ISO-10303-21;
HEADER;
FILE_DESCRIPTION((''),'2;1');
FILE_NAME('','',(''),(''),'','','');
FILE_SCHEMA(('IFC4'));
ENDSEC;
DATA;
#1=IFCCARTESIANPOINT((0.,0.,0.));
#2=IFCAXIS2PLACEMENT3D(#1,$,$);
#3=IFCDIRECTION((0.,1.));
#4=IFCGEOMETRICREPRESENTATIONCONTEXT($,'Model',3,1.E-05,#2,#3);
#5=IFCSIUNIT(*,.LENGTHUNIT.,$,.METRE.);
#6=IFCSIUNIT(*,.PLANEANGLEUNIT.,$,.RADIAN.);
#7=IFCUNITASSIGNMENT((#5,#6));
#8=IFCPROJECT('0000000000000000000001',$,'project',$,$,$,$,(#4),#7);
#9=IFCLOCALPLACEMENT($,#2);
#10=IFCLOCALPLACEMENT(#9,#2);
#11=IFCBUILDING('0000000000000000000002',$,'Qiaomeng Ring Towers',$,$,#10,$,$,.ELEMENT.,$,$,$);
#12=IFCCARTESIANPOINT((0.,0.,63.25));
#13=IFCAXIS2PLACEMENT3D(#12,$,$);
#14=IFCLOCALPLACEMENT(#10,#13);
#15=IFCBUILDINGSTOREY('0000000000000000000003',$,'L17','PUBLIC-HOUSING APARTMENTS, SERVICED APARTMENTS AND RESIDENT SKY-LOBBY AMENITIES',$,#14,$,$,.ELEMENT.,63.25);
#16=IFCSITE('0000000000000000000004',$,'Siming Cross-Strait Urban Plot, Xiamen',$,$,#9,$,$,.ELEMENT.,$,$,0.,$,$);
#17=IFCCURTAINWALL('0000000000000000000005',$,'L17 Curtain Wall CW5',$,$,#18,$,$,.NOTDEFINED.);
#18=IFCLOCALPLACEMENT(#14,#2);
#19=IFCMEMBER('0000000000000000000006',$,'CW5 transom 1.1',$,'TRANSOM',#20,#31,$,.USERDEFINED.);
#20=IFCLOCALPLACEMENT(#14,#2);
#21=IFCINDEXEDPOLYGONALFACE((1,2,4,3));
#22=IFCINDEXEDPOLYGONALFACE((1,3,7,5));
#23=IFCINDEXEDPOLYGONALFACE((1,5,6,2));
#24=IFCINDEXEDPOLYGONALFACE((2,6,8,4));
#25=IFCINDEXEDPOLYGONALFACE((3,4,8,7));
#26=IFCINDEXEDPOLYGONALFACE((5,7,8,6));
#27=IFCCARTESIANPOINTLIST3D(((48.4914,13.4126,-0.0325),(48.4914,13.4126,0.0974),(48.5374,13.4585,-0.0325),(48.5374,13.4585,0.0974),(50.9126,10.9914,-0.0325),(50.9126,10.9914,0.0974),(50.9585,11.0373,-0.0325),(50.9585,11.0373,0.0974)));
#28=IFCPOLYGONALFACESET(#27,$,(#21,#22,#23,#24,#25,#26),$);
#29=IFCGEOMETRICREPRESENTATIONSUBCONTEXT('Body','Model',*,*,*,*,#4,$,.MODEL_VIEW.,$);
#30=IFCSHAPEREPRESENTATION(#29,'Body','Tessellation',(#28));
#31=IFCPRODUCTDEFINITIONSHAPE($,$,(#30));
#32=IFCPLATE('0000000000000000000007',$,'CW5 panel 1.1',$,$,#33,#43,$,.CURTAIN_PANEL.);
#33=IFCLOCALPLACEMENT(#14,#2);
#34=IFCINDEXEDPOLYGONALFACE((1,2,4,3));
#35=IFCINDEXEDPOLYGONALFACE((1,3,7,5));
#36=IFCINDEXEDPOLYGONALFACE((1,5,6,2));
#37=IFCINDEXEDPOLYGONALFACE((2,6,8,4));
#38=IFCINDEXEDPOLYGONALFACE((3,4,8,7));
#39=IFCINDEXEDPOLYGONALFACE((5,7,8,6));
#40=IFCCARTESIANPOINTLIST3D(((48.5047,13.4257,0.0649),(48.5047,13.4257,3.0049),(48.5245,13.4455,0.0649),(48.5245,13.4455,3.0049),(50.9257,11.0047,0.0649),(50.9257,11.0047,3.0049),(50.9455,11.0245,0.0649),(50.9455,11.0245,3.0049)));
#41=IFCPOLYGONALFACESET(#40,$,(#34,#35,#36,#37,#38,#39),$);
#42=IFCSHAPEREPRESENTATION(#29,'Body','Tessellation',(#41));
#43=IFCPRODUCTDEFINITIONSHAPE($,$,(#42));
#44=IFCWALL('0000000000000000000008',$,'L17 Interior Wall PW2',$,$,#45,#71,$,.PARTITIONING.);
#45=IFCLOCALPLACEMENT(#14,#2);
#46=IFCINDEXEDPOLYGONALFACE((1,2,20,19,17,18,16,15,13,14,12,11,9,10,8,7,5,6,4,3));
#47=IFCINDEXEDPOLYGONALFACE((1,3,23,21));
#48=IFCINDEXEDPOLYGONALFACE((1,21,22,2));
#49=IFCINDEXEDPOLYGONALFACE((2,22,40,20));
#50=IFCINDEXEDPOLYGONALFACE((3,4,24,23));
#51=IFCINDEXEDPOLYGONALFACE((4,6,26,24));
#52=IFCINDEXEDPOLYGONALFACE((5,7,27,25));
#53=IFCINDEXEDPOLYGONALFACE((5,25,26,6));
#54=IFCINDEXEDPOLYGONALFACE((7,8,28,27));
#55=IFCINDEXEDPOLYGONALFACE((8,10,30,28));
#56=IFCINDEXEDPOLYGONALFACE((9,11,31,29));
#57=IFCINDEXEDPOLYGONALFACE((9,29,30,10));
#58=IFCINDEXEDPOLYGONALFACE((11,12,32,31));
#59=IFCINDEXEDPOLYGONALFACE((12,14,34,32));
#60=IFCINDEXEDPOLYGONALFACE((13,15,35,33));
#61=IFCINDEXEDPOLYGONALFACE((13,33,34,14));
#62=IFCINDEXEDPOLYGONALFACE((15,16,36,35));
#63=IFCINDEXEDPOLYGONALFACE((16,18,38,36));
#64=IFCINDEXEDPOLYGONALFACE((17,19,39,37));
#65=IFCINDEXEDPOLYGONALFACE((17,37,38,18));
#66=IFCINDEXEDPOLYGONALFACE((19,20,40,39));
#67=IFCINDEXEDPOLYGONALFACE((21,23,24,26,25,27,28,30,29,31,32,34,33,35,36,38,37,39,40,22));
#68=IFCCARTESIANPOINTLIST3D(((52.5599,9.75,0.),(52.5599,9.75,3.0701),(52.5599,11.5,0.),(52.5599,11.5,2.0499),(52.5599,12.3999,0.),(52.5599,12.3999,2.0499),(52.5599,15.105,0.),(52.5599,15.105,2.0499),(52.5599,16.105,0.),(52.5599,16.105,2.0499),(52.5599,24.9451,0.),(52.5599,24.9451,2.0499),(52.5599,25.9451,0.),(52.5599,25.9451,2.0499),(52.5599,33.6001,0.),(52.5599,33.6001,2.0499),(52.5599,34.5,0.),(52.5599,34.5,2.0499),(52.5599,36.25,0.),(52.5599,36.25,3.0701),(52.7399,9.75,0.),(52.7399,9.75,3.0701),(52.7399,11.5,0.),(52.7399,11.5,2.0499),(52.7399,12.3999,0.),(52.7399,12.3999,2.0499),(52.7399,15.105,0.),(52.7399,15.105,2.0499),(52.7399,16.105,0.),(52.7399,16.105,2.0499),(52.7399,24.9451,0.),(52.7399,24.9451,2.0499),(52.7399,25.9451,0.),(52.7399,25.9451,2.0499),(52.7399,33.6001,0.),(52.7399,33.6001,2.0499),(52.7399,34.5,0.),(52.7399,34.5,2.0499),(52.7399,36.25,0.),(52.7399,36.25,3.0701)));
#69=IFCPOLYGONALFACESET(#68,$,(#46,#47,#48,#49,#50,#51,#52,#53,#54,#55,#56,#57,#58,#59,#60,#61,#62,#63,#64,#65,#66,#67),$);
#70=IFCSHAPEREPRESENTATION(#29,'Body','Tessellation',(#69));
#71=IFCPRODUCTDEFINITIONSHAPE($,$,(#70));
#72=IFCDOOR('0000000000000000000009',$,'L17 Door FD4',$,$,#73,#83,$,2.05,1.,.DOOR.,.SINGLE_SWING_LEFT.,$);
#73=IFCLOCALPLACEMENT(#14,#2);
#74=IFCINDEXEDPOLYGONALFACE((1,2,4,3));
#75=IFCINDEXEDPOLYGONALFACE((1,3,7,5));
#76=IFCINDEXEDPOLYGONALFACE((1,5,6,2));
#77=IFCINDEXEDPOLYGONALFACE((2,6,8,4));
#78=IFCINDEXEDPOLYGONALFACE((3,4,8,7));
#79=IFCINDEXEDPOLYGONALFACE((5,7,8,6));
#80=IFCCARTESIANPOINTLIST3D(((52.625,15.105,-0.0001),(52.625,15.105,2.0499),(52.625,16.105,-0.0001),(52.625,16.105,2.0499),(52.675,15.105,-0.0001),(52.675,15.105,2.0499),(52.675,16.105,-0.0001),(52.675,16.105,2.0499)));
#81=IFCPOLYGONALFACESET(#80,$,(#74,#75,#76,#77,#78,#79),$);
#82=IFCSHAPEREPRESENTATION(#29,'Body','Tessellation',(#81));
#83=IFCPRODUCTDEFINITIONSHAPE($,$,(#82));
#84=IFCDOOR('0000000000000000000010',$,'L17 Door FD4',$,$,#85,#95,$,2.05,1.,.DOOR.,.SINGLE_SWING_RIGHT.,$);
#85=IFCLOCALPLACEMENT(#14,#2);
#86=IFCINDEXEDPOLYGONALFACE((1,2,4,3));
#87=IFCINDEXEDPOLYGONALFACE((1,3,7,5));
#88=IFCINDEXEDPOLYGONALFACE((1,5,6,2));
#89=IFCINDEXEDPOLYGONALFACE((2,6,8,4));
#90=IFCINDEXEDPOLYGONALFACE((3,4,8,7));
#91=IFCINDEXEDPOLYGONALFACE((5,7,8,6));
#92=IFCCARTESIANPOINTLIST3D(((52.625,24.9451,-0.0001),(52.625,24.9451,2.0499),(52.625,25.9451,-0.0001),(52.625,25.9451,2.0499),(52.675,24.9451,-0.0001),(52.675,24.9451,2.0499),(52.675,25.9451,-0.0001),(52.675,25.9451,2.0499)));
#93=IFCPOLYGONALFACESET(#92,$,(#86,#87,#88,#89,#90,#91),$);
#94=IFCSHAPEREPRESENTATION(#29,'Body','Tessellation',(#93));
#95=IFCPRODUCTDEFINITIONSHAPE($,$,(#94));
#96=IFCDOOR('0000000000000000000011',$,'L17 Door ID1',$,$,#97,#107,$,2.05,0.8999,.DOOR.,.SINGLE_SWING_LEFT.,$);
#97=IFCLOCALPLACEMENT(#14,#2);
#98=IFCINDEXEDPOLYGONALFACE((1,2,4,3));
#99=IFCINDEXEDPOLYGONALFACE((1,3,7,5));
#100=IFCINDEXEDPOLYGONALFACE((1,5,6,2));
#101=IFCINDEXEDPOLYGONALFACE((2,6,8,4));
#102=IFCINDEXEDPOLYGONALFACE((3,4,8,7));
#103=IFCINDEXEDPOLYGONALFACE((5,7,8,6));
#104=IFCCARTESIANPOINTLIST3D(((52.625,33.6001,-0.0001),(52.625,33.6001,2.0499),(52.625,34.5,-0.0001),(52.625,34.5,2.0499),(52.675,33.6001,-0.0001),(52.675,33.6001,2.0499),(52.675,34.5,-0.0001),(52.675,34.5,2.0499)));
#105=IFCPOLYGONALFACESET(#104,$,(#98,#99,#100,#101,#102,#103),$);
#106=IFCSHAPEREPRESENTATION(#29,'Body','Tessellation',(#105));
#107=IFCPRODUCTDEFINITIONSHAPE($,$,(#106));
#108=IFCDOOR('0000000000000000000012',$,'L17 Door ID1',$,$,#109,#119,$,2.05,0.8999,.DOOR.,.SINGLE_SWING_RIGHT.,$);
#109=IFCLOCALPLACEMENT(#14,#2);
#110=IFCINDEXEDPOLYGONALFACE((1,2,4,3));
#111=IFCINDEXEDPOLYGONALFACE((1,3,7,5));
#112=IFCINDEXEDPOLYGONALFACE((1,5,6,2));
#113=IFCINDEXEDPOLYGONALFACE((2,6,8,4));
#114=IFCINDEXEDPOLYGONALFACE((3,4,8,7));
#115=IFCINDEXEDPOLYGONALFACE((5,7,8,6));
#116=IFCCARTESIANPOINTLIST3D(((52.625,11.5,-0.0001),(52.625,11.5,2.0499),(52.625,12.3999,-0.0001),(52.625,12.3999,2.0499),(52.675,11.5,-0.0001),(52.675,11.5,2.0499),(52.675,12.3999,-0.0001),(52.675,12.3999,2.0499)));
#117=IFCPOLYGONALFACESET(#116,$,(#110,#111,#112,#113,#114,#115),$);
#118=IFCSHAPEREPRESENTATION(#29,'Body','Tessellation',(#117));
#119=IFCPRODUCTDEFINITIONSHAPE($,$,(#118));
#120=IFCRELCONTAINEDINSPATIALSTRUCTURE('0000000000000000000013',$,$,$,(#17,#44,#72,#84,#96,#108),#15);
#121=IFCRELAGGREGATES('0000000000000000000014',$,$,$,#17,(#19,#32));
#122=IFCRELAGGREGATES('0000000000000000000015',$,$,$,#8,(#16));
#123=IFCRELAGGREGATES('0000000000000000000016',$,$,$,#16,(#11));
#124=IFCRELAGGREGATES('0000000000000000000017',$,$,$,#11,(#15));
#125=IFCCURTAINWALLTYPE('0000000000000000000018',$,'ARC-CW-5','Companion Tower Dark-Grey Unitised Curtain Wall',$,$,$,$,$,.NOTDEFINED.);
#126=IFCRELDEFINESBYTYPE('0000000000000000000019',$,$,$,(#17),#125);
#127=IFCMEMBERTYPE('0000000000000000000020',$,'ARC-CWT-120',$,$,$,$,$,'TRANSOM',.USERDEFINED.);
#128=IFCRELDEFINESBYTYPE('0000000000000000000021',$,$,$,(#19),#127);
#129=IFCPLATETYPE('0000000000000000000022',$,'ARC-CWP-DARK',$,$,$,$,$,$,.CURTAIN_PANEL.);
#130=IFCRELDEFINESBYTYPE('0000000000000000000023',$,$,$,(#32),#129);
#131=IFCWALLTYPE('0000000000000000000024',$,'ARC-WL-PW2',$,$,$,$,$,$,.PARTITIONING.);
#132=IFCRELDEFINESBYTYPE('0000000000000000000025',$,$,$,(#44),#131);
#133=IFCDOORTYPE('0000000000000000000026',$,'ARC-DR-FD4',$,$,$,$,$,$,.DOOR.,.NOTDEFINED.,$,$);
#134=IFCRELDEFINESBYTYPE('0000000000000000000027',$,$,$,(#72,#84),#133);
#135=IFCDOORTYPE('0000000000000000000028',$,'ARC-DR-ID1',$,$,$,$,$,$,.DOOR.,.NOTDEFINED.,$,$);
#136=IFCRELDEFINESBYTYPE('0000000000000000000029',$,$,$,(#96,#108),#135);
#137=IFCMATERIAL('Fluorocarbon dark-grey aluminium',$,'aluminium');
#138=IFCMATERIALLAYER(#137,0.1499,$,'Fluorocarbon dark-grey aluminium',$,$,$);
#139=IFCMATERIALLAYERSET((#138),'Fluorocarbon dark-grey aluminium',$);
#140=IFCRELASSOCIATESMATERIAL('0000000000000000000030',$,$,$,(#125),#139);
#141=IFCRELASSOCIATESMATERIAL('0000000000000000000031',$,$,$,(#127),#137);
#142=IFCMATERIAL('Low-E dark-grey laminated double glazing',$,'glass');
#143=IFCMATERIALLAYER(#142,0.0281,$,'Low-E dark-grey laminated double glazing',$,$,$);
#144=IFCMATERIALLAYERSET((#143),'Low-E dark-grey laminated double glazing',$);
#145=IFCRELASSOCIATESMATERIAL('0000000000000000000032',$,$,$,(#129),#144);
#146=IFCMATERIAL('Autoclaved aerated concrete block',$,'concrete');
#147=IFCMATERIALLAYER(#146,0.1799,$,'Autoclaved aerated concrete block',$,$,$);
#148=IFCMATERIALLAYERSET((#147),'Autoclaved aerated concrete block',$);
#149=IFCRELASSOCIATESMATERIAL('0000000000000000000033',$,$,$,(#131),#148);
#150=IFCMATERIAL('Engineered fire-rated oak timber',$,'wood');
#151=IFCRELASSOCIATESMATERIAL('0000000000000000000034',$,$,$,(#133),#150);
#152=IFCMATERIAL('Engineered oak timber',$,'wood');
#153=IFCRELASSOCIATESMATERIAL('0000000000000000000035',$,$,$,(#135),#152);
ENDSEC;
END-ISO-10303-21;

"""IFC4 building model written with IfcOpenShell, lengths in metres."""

from ifc_helpers import new_model, si_unit, direction, frame, frame_2d, origin, origin_2d, place, context, subcontext, project, spatial, rectangle, extrude, source, transform, mapped, material, layer, layer_set, material_profile, profile_set, type_object, element, fill, aggregate, save


model = new_model("IFC4")

# Units and contexts
model_context = context("Model", 3, precision=1e-05, world=origin(), true_north=direction((0.0, 1.0)))
body_context = subcontext(model_context, "Body", "Model", "MODEL_VIEW")
ifc_project = project(units=[si_unit("LENGTHUNIT", "METRE"), si_unit("PLANEANGLEUNIT", "RADIAN")], contexts=[model_context])

# Site, building, storey
site_placement = place(None, origin())
site = spatial("IfcSite", under=ifc_project, at=site_placement, Name="Siming Cross-Strait Urban Plot, Xiamen", CompositionType="ELEMENT", RefElevation=0.0)
building_placement = place(site_placement, origin())
building = spatial("IfcBuilding", under=site, at=building_placement, Name="Qiaomeng Ring Towers", CompositionType="ELEMENT")
storey_placement = place(building_placement, frame((0.0, 0.0, 63.25)))
storey = spatial("IfcBuildingStorey", under=building, at=storey_placement, Name="L17", Description="PUBLIC-HOUSING APARTMENTS, SERVICED APARTMENTS AND RESIDENT SKY-LOBBY AMENITIES", CompositionType="ELEMENT", Elevation=63.25)

# Curtain wall
ifc_material_1 = material(Name="Fluorocarbon dark-grey aluminium", Category="aluminium")
ifc_layer_1 = layer(ifc_material_1, 0.1499, Name="Fluorocarbon dark-grey aluminium")
ifc_layer_set_1 = layer_set([ifc_layer_1], Name="Fluorocarbon dark-grey aluminium")
curtain_wall_type = type_object("IfcCurtainWallType", Name="ARC-CW-5", Description="Companion Tower Dark-Grey Unitised Curtain Wall", PredefinedType="NOTDEFINED", material=ifc_layer_set_1)
curtain_wall_1_placement = place(storey_placement, origin())
curtain_wall_1 = element("IfcCurtainWall", 1, at=curtain_wall_1_placement, inside=storey, type_object=curtain_wall_type, Name="L17 Curtain Wall CW5", PredefinedType="NOTDEFINED")

# Shared definitions
ifc_material_profile_1 = material_profile(ifc_material_1, rectangle(XDim=0.0649, YDim=0.1299, at=origin_2d()), Name="ALU TRAN 65x130")
ifc_profile_set_1 = profile_set([ifc_material_profile_1], Name="Fluorocarbon dark-grey aluminium")
member_type_1 = type_object("IfcMemberType", Name="ARC-CWT-120", ElementType="TRANSOM", PredefinedType="USERDEFINED", material=ifc_profile_set_1)

# Member
shared_shape_1 = source(origin(), body_context, "Body", "SweptSolid", [
    extrude(rectangle(XDim=0.0649, YDim=0.1299, at=origin_2d()), origin(), (0.0, 0.0, 1.0), 3.4241),
])
member_1_placement = place(storey_placement, frame((48.5144, 13.4355, 0.0325), z_axis=(0.707107, -0.707107, 0.0), x_axis=(0.707107, 0.707107, 0.0)))
member_1 = element("IfcMember", 2, at=member_1_placement, type_object=member_type_1, Name="CW5 transom 1.1", ObjectType="TRANSOM", PredefinedType="USERDEFINED", context=body_context, shape_type="MappedRepresentation", body=[
    mapped(shared_shape_1, transform((0.0, 0.0, 0.0), x_axis=(1.0, 0.0, 0.0), y_axis=(0.0, 1.0, 0.0), z_axis=(0.0, 0.0, 1.0), scale=1.0)),
])

# Plate
ifc_material_2 = material(Name="Low-E dark-grey laminated double glazing", Category="glass")
ifc_layer_2 = layer(ifc_material_2, 0.0281, Name="Low-E dark-grey laminated double glazing")
ifc_layer_set_2 = layer_set([ifc_layer_2], Name="Low-E dark-grey laminated double glazing")
plate_type = type_object("IfcPlateType", Name="ARC-CWP-DARK", PredefinedType="CURTAIN_PANEL", material=ifc_layer_set_2)
shared_shape_2 = source(origin(), body_context, "Body", "SweptSolid", [
    extrude(rectangle(XDim=3.4238, YDim=0.0281, at=origin_2d()), origin(), (0.0, 0.0, 1.0), 2.9399),
])
plate_placement = place(storey_placement, frame((49.7251, 12.2251, 0.0649), z_axis=(0.0, 0.0, 1.0), x_axis=(0.707107, -0.707107, 0.0)))
plate = element("IfcPlate", 3, at=plate_placement, type_object=plate_type, Name="CW5 panel 1.1", PredefinedType="CURTAIN_PANEL", context=body_context, shape_type="MappedRepresentation", body=[
    mapped(shared_shape_2, transform((0.0, 0.0, 0.0), x_axis=(1.0, 0.0, 0.0), y_axis=(0.0, 1.0, 0.0), z_axis=(0.0, 0.0, 1.0), scale=1.0)),
])
aggregate(curtain_wall_1, [member_1, plate])

# Wall, openings, doors
ifc_material_3 = material(Name="Autoclaved aerated concrete block", Category="concrete")
ifc_layer_3 = layer(ifc_material_3, 0.1799, Name="Autoclaved aerated concrete block")
ifc_layer_set_3 = layer_set([ifc_layer_3], Name="Autoclaved aerated concrete block")
wall_type_1 = type_object("IfcWallType", Name="ARC-WL-PW2", PredefinedType="PARTITIONING", material=ifc_layer_set_3)
wall_1_placement = place(storey_placement, frame((52.6499, 9.75, 0.0), z_axis=(0.0, 0.0, 1.0), x_axis=(0.0, 1.0, 0.0)))
wall_1 = element("IfcWall", 4, at=wall_1_placement, inside=storey, type_object=wall_type_1, Name="L17 Interior Wall PW2", PredefinedType="PARTITIONING", context=body_context, shape_type="SweptSolid", body=[
    extrude(rectangle(XDim=26.5, YDim=0.1799, at=frame_2d((13.25, 0.0))), origin(), (0.0, 0.0, 1.0), 3.0701),
])
opening_1_placement = place(wall_1_placement, frame((23.8501, 0.0, 0.0)))
opening_1 = element("IfcOpeningElement", 5, at=opening_1_placement, cuts=wall_1, PredefinedType="OPENING", context=body_context, shape_type="SweptSolid", body=[
    extrude(rectangle(XDim=0.8999, YDim=2.05, at=frame_2d((0.45, 1.0249))), frame((0.0, 0.0999, 0.0), z_axis=(0.0, -1.0, 0.0), x_axis=(1.0, 0.0, 0.0)), (0.0, 0.0, 1.0), 0.2),
])
opening_2_placement = place(wall_1_placement, frame((1.75, 0.0, 0.0)))
opening_2 = element("IfcOpeningElement", 6, at=opening_2_placement, cuts=wall_1, PredefinedType="OPENING", context=body_context, shape_type="SweptSolid", body=[
    extrude(rectangle(XDim=0.8999, YDim=2.05, at=frame_2d((0.45, 1.0249))), frame((0.0, 0.0999, 0.0), z_axis=(0.0, -1.0, 0.0), x_axis=(1.0, 0.0, 0.0)), (0.0, 0.0, 1.0), 0.2),
])
opening_3_placement = place(wall_1_placement, frame((5.355, 0.0, 0.0)))
opening_3 = element("IfcOpeningElement", 7, at=opening_3_placement, cuts=wall_1, PredefinedType="OPENING", context=body_context, shape_type="SweptSolid", body=[
    extrude(rectangle(XDim=1.0, YDim=2.05, at=frame_2d((0.5, 1.0249))), frame((0.0, 0.0999, 0.0), z_axis=(0.0, -1.0, 0.0), x_axis=(1.0, 0.0, 0.0)), (0.0, 0.0, 1.0), 0.2),
])
opening_4_placement = place(wall_1_placement, frame((15.1951, 0.0, 0.0)))
opening_4 = element("IfcOpeningElement", 8, at=opening_4_placement, cuts=wall_1, PredefinedType="OPENING", context=body_context, shape_type="SweptSolid", body=[
    extrude(rectangle(XDim=1.0, YDim=2.05, at=frame_2d((0.5, 1.0249))), frame((0.0, 0.0999, 0.0), z_axis=(0.0, -1.0, 0.0), x_axis=(1.0, 0.0, 0.0)), (0.0, 0.0, 1.0), 0.2),
])
ifc_material_4 = material(Name="Engineered fire-rated oak timber", Category="wood")
door_type_1 = type_object("IfcDoorType", Name="ARC-DR-FD4", OperationType="NOTDEFINED", PredefinedType="DOOR", material=ifc_material_4)
shared_shape_3 = source(origin(), body_context, "Body", "SweptSolid", [
    extrude(rectangle(XDim=1.0, YDim=2.05, at=frame_2d((0.5, 1.0249))), frame((0.0, 0.0249, 0.0), z_axis=(0.0, -1.0, 0.0), x_axis=(1.0, 0.0, 0.0)), (0.0, 0.0, 1.0), 0.05),
])
door_1_placement = place(opening_3_placement, origin())
door_1 = element("IfcDoor", 9, at=door_1_placement, inside=storey, type_object=door_type_1, Name="L17 Door FD4", OperationType="SINGLE_SWING_LEFT", OverallHeight=2.05, OverallWidth=1.0, PredefinedType="DOOR", context=body_context, shape_type="MappedRepresentation", body=[
    mapped(shared_shape_3, transform((0.0, 0.0, 0.0), x_axis=(1.0, 0.0, 0.0), y_axis=(0.0, 1.0, 0.0), z_axis=(0.0, 0.0, 1.0), scale=1.0)),
])
fill(opening_3, door_1)
door_2_placement = place(opening_4_placement, origin())
door_2 = element("IfcDoor", 10, at=door_2_placement, inside=storey, type_object=door_type_1, Name="L17 Door FD4", OperationType="SINGLE_SWING_RIGHT", OverallHeight=2.05, OverallWidth=1.0, PredefinedType="DOOR", context=body_context, shape_type="MappedRepresentation", body=[
    mapped(shared_shape_3, transform((0.0, 0.0, 0.0), x_axis=(1.0, 0.0, 0.0), y_axis=(0.0, 1.0, 0.0), z_axis=(0.0, 0.0, 1.0), scale=1.0)),
])
fill(opening_4, door_2)
ifc_material_5 = material(Name="Engineered oak timber", Category="wood")
door_type_2 = type_object("IfcDoorType", Name="ARC-DR-ID1", OperationType="NOTDEFINED", PredefinedType="DOOR", material=ifc_material_5)
shared_shape_4 = source(origin(), body_context, "Body", "SweptSolid", [
    extrude(rectangle(XDim=0.8999, YDim=2.05, at=frame_2d((0.45, 1.0249))), frame((0.0, 0.0249, 0.0), z_axis=(0.0, -1.0, 0.0), x_axis=(1.0, 0.0, 0.0)), (0.0, 0.0, 1.0), 0.05),
])
door_3_placement = place(opening_1_placement, origin())
door_3 = element("IfcDoor", 11, at=door_3_placement, inside=storey, type_object=door_type_2, Name="L17 Door ID1", OperationType="SINGLE_SWING_LEFT", OverallHeight=2.05, OverallWidth=0.8999, PredefinedType="DOOR", context=body_context, shape_type="MappedRepresentation", body=[
    mapped(shared_shape_4, transform((0.0, 0.0, 0.0), x_axis=(1.0, 0.0, 0.0), y_axis=(0.0, 1.0, 0.0), z_axis=(0.0, 0.0, 1.0), scale=1.0)),
])
fill(opening_1, door_3)
door_4_placement = place(opening_2_placement, origin())
door_4 = element("IfcDoor", 12, at=door_4_placement, inside=storey, type_object=door_type_2, Name="L17 Door ID1", OperationType="SINGLE_SWING_RIGHT", OverallHeight=2.05, OverallWidth=0.8999, PredefinedType="DOOR", context=body_context, shape_type="MappedRepresentation", body=[
    mapped(shared_shape_4, transform((0.0, 0.0, 0.0), x_axis=(1.0, 0.0, 0.0), y_axis=(0.0, 1.0, 0.0), z_axis=(0.0, 0.0, 1.0), scale=1.0)),
])
fill(opening_2, door_4)

save(model, "model.ifc")
